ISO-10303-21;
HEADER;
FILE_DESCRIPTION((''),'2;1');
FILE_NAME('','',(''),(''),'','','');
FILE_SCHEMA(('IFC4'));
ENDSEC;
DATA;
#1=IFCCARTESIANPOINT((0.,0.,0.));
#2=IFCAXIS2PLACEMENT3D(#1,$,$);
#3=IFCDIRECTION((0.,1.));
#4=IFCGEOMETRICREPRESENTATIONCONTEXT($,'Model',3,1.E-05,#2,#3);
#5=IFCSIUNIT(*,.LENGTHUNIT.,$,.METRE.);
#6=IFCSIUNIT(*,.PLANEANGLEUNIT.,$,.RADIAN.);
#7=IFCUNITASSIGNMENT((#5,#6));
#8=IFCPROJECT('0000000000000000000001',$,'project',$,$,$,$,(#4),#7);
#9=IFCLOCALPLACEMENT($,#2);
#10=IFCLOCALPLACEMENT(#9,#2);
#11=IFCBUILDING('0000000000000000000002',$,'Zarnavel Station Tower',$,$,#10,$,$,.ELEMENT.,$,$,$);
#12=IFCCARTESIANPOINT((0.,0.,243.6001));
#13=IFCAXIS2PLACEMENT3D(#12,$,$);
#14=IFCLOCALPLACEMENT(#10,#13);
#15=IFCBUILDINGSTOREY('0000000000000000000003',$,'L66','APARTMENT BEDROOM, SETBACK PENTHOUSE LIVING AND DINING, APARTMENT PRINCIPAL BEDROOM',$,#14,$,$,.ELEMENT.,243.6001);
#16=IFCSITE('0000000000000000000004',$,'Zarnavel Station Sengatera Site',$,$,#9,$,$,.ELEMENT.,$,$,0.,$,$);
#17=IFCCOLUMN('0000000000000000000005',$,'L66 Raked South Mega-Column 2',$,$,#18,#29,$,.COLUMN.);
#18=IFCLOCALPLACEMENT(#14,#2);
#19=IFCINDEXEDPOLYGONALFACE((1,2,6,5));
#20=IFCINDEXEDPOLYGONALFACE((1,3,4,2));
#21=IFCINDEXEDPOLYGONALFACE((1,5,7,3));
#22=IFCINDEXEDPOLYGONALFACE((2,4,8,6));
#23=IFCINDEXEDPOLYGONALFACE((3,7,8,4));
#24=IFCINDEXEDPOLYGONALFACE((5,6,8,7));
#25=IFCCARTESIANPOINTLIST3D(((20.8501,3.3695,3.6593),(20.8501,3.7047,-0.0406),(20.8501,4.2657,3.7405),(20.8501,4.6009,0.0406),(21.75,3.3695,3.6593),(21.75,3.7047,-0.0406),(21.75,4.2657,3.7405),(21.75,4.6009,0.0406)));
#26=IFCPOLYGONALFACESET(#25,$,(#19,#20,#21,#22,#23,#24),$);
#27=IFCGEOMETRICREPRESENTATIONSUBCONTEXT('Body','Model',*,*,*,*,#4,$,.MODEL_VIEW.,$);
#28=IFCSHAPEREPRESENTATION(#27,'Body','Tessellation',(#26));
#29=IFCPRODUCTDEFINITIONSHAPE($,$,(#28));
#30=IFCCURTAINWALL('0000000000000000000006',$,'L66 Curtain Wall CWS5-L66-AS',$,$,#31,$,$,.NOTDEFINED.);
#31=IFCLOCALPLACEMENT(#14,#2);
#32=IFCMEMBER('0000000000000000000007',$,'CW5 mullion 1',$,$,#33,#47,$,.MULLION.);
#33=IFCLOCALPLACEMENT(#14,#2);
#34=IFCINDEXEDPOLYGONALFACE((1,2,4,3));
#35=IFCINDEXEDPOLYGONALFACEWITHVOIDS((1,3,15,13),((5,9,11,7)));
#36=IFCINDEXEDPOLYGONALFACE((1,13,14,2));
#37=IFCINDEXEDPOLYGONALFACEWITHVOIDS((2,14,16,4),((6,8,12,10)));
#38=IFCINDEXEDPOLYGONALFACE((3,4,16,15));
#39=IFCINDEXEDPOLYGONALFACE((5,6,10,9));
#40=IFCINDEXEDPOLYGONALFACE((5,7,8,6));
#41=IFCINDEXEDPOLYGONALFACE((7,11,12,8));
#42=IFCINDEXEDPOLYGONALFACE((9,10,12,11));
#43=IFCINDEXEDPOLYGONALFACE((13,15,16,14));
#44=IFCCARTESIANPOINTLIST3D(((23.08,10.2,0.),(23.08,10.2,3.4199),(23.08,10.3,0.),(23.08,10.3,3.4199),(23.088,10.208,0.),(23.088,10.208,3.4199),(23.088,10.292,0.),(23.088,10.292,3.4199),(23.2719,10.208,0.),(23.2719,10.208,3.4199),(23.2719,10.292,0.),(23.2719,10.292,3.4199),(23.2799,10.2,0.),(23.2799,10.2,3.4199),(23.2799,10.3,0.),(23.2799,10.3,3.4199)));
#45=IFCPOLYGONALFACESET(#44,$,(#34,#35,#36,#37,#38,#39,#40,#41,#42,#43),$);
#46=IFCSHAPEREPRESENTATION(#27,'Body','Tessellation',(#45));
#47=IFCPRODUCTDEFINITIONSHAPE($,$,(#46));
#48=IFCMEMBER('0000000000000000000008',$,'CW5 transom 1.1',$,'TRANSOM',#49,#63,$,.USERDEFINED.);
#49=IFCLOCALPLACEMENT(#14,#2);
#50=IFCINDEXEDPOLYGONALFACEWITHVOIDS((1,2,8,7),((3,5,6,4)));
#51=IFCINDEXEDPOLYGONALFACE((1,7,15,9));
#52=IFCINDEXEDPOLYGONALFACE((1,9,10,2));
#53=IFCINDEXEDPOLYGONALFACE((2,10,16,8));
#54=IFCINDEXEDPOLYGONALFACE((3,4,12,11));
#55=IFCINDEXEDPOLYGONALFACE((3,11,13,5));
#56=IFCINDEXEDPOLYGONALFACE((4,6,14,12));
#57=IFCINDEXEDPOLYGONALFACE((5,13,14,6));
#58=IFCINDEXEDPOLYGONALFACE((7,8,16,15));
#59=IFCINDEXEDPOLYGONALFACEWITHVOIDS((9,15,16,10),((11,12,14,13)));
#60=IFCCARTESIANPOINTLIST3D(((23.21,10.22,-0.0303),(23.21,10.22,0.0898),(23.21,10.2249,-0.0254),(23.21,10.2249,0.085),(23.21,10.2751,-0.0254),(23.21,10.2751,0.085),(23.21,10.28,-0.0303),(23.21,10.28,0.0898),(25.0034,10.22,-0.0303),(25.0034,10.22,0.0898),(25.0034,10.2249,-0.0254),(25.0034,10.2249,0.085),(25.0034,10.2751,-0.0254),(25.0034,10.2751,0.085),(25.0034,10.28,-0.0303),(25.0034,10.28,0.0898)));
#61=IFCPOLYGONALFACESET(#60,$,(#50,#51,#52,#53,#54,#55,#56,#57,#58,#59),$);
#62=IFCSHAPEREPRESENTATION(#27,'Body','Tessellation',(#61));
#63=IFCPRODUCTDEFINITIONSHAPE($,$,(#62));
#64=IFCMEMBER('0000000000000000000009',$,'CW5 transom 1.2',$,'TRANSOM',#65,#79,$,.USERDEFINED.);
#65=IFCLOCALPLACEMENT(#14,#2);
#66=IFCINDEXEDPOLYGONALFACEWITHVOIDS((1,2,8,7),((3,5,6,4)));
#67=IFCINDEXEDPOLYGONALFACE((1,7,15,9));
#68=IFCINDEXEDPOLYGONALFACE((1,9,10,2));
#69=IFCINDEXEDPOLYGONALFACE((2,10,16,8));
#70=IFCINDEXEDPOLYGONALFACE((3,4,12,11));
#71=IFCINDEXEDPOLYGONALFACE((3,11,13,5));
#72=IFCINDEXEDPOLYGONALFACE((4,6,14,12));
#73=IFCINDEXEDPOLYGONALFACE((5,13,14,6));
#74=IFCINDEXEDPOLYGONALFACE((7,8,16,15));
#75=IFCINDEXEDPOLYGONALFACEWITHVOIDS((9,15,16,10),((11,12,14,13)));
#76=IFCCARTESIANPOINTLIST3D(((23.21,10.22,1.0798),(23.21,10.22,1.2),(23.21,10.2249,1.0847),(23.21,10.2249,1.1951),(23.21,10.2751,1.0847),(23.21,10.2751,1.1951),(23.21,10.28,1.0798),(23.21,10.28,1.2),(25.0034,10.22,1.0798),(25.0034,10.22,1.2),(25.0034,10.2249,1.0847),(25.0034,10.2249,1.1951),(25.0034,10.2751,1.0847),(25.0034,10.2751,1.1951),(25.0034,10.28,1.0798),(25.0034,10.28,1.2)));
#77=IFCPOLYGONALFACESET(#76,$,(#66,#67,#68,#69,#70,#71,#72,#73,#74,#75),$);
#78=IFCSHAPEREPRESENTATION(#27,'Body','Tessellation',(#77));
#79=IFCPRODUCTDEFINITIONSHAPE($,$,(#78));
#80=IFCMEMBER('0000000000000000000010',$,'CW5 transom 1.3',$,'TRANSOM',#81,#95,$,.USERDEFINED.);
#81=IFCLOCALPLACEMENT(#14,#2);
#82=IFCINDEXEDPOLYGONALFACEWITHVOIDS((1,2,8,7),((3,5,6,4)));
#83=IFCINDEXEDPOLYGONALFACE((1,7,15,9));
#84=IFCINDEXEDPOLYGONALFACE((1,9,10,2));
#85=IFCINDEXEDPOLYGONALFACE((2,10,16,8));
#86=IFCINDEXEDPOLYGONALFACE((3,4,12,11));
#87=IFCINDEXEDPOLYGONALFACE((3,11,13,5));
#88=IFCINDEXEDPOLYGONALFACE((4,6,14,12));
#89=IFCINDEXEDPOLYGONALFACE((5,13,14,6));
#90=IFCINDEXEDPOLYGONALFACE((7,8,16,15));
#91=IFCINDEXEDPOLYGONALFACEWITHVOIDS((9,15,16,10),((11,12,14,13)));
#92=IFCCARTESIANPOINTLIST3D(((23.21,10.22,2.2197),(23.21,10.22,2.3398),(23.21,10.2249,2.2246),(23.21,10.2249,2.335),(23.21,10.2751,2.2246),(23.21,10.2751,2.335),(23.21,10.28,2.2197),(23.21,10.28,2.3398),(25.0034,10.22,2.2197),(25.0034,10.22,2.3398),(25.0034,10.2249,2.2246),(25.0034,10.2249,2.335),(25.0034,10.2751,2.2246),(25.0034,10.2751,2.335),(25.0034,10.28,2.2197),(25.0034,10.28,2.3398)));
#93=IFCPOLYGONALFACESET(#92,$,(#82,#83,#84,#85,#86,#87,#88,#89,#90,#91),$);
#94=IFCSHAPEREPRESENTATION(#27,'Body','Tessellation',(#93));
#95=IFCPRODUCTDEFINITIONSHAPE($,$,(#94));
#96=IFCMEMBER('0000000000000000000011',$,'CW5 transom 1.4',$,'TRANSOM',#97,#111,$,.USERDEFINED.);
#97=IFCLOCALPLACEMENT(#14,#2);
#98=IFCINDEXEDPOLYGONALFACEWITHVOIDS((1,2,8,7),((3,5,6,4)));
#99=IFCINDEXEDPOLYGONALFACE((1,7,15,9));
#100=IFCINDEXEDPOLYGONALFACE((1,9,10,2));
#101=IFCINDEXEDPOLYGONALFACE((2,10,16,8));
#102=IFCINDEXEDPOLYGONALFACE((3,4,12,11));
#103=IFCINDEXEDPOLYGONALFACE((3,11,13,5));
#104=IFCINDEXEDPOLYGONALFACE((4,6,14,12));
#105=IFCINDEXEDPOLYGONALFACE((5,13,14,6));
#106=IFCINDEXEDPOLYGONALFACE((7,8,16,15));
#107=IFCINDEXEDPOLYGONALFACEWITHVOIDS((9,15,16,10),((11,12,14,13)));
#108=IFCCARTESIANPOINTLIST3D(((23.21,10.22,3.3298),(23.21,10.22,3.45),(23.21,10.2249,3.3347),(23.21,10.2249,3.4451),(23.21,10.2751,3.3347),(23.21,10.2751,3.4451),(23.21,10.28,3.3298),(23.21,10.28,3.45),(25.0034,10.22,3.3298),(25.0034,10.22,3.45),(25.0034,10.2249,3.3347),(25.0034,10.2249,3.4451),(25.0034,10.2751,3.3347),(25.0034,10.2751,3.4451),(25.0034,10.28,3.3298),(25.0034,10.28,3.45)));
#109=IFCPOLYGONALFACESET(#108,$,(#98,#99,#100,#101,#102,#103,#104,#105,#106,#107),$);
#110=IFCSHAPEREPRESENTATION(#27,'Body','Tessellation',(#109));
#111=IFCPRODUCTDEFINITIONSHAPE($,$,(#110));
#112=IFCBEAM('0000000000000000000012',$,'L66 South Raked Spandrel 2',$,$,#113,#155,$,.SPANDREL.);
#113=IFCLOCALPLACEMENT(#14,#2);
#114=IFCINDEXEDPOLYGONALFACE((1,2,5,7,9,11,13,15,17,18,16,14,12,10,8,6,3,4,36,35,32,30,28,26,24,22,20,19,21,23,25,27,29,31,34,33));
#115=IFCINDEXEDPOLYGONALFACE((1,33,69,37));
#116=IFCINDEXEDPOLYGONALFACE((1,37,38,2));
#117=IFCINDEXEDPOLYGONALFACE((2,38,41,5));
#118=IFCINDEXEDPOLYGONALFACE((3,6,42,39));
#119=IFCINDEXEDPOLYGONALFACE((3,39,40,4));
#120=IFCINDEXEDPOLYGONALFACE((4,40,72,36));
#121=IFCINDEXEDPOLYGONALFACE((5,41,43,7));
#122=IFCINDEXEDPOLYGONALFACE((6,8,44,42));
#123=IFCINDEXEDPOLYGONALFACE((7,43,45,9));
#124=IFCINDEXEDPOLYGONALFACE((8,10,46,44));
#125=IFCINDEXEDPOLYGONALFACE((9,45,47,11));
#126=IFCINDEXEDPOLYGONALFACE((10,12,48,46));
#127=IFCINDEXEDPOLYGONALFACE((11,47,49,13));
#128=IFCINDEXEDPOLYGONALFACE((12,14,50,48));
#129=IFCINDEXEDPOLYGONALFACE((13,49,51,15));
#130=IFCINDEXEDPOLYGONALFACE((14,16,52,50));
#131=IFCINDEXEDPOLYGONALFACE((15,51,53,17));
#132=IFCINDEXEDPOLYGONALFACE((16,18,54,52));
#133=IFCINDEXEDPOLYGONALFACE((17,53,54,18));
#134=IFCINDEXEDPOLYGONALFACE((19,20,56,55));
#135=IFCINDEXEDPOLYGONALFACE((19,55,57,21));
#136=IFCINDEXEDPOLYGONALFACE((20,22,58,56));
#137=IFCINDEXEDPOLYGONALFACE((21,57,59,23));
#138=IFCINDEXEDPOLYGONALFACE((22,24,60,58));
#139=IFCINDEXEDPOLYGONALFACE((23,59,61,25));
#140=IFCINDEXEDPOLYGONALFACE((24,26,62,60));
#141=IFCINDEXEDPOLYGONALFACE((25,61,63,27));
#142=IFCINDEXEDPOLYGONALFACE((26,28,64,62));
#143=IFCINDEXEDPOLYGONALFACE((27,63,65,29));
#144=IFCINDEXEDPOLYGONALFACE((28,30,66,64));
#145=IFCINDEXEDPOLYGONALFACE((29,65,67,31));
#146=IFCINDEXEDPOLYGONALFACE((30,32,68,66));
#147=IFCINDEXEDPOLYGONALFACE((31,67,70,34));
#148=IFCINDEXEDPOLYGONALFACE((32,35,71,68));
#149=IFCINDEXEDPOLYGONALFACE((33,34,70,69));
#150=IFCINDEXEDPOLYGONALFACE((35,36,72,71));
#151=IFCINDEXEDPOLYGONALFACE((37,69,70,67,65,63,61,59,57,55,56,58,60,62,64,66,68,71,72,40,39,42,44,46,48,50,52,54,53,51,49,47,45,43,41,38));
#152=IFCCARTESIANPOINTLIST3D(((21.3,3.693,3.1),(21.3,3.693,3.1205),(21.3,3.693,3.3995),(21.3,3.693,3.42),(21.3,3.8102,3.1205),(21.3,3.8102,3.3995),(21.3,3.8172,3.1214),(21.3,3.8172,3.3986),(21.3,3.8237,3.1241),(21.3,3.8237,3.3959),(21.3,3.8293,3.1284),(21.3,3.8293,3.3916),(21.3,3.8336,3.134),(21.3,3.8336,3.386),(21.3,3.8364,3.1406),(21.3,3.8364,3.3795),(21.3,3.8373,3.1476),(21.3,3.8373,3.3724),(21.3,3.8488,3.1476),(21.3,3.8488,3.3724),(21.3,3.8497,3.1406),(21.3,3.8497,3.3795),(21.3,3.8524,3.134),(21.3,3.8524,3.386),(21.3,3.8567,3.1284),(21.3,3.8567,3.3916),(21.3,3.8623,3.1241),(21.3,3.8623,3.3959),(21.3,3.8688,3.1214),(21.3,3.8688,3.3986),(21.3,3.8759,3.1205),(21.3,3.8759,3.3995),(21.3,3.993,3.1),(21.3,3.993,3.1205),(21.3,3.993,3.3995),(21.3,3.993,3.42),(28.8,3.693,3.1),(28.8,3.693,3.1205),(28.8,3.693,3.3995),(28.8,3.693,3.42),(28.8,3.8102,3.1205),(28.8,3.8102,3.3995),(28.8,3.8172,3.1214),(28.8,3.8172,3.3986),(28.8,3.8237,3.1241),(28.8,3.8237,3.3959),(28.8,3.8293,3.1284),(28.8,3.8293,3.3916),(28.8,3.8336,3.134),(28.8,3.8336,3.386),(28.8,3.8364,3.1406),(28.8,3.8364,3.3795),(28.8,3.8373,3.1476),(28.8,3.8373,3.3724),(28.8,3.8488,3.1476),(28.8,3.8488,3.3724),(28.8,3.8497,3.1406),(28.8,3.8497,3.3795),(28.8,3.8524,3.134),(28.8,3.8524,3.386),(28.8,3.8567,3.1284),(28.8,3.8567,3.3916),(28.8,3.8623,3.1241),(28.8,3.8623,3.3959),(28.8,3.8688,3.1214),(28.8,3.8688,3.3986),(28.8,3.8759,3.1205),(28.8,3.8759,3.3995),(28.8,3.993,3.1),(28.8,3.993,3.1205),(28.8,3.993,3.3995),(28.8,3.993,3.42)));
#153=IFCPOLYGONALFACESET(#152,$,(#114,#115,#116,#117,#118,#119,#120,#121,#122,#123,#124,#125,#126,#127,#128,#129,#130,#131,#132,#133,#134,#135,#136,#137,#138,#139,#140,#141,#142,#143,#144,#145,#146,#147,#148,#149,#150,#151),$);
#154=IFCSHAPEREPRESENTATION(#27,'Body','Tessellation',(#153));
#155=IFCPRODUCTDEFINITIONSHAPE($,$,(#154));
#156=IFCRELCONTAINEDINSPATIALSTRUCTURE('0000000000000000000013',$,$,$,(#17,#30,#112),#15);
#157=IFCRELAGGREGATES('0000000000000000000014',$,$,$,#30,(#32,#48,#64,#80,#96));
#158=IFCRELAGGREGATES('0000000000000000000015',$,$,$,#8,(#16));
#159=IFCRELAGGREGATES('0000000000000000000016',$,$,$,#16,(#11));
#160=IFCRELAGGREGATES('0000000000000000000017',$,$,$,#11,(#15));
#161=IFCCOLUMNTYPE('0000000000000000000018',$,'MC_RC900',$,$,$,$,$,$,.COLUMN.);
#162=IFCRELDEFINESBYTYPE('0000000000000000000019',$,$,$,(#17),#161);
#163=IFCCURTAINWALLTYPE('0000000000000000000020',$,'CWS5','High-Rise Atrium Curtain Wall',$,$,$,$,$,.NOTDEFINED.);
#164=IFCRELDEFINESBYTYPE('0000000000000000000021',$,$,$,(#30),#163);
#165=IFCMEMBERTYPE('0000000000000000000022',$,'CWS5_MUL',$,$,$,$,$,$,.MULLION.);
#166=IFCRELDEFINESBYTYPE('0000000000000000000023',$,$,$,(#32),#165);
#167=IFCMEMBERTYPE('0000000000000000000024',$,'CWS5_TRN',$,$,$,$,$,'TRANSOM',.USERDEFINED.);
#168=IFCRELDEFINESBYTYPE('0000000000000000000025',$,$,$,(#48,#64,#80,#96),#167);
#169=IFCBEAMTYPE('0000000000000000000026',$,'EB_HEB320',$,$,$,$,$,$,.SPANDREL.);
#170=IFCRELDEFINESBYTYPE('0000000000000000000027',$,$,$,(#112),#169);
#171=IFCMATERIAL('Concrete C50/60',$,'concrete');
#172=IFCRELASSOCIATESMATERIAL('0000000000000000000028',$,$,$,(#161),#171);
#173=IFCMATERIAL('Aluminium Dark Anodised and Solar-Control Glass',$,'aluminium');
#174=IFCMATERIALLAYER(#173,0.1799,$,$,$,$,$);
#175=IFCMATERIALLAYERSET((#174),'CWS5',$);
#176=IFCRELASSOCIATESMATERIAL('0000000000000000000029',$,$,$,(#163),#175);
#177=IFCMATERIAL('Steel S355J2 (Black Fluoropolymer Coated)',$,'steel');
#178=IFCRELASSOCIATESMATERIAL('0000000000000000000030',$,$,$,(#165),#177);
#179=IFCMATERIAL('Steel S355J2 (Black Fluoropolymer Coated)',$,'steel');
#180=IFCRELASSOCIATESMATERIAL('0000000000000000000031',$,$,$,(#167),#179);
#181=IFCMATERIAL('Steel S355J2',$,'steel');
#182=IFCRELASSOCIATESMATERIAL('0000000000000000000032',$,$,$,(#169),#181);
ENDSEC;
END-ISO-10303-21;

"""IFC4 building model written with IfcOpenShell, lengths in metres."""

from ifc_helpers import new_model, si_unit, direction, frame, origin, origin_2d, place, context, subcontext, project, spatial, rectangle, hollow_rectangle, i_section, extrude, material, layer, layer_set, material_profile, profile_set, type_object, element, aggregate, save


model = new_model("IFC4")

# Units and contexts
model_context = context("Model", 3, precision=1e-05, world=origin(), true_north=direction((0.0, 1.0)))
body_context = subcontext(model_context, "Body", "Model", "MODEL_VIEW")
ifc_project = project(units=[si_unit("LENGTHUNIT", "METRE"), si_unit("PLANEANGLEUNIT", "RADIAN")], contexts=[model_context])

# Site, building, storey
site_placement = place(None, origin())
site = spatial("IfcSite", under=ifc_project, at=site_placement, Name="Zarnavel Station Sengatera Site", CompositionType="ELEMENT", RefElevation=0.0)
building_placement = place(site_placement, origin())
building = spatial("IfcBuilding", under=site, at=building_placement, Name="Zarnavel Station Tower", CompositionType="ELEMENT")
storey_placement = place(building_placement, frame((0.0, 0.0, 243.6001)))
storey = spatial("IfcBuildingStorey", under=building, at=storey_placement, Name="L66", Description="APARTMENT BEDROOM, SETBACK PENTHOUSE LIVING AND DINING, APARTMENT PRINCIPAL BEDROOM", CompositionType="ELEMENT", Elevation=243.6001)

# Column
ifc_material_1 = material(Name="Concrete C50/60", Category="concrete")
ifc_material_profile_1 = material_profile(ifc_material_1, rectangle(XDim=0.8999, YDim=0.8999, at=origin_2d()), Name="RC900x900")
ifc_profile_set_1 = profile_set([ifc_material_profile_1], Name="Concrete C50/60")
column_type = type_object("IfcColumnType", Name="MC_RC900", PredefinedType="COLUMN", material=ifc_profile_set_1)
column_placement = place(storey_placement, frame((21.3, 4.1528, 0.0), z_axis=(0.0, -0.090228, 0.995921), x_axis=(1.0, 0.0, 0.0)))
element("IfcColumn", 1, at=column_placement, inside=storey, type_object=column_type, Name="L66 Raked South Mega-Column 2", PredefinedType="COLUMN", context=body_context, shape_type="SweptSolid", body=[
    extrude(rectangle(XDim=0.8999, YDim=0.8999, at=origin_2d()), origin(), (0.0, 0.0, 1.0), 3.7151),
])

# Curtain wall, members
ifc_material_2 = material(Name="Aluminium Dark Anodised and Solar-Control Glass", Category="aluminium")
ifc_layer_1 = layer(ifc_material_2, 0.1799)
ifc_layer_set_1 = layer_set([ifc_layer_1], Name="CWS5")
curtain_wall_type = type_object("IfcCurtainWallType", Name="CWS5", Description="High-Rise Atrium Curtain Wall", PredefinedType="NOTDEFINED", material=ifc_layer_set_1)
curtain_wall_placement = place(storey_placement, origin())
curtain_wall = element("IfcCurtainWall", 2, at=curtain_wall_placement, inside=storey, type_object=curtain_wall_type, Name="L66 Curtain Wall CWS5-L66-AS", PredefinedType="NOTDEFINED")
ifc_material_3 = material(Name="Steel S355J2 (Black Fluoropolymer Coated)", Category="steel")
ifc_material_profile_2 = material_profile(ifc_material_3, hollow_rectangle(XDim=0.1001, YDim=0.2, WallThickness=0.0081, at=origin_2d()), Name="RHS200x100x8")
ifc_profile_set_2 = profile_set([ifc_material_profile_2], Name="Steel S355J2 (Black Fluoropolymer Coated)")
member_type_1 = type_object("IfcMemberType", Name="CWS5_MUL", PredefinedType="MULLION", material=ifc_profile_set_2)
member_1_placement = place(storey_placement, frame((23.1799, 10.25, 0.0), z_axis=(0.0, 0.0, 1.0), x_axis=(0.0, 1.0, 0.0)))
member_1 = element("IfcMember", 3, at=member_1_placement, type_object=member_type_1, Name="CW5 mullion 1", PredefinedType="MULLION", context=body_context, shape_type="SweptSolid", body=[
    extrude(hollow_rectangle(XDim=0.1001, YDim=0.2, WallThickness=0.0081, at=origin_2d()), origin(), (0.0, 0.0, 1.0), 3.4199),
])
ifc_material_4 = material(Name="Steel S355J2 (Black Fluoropolymer Coated)", Category="steel")
ifc_material_profile_3 = material_profile(ifc_material_4, hollow_rectangle(XDim=0.0601, YDim=0.1201, WallThickness=0.0049, at=origin_2d()), Name="RHS120x60x5")
ifc_profile_set_3 = profile_set([ifc_material_profile_3], Name="Steel S355J2 (Black Fluoropolymer Coated)")
member_type_2 = type_object("IfcMemberType", Name="CWS5_TRN", ElementType="TRANSOM", PredefinedType="USERDEFINED", material=ifc_profile_set_3)
member_2_placement = place(storey_placement, frame((23.21, 10.25, 0.0298), z_axis=(1.0, 0.0, 0.0), x_axis=(0.0, 1.0, 0.0)))
member_2 = element("IfcMember", 4, at=member_2_placement, type_object=member_type_2, Name="CW5 transom 1.1", ObjectType="TRANSOM", PredefinedType="USERDEFINED", context=body_context, shape_type="SweptSolid", body=[
    extrude(hollow_rectangle(XDim=0.0601, YDim=0.1201, WallThickness=0.0049, at=origin_2d()), origin(), (0.0, 0.0, 1.0), 1.7935),
])
member_3_placement = place(storey_placement, frame((23.21, 10.25, 1.1399), z_axis=(1.0, 0.0, 0.0), x_axis=(0.0, 1.0, 0.0)))
member_3 = element("IfcMember", 5, at=member_3_placement, type_object=member_type_2, Name="CW5 transom 1.2", ObjectType="TRANSOM", PredefinedType="USERDEFINED", context=body_context, shape_type="SweptSolid", body=[
    extrude(hollow_rectangle(XDim=0.0601, YDim=0.1201, WallThickness=0.0049, at=origin_2d()), origin(), (0.0, 0.0, 1.0), 1.7935),
])
member_4_placement = place(storey_placement, frame((23.21, 10.25, 2.2798), z_axis=(1.0, 0.0, 0.0), x_axis=(0.0, 1.0, 0.0)))
member_4 = element("IfcMember", 6, at=member_4_placement, type_object=member_type_2, Name="CW5 transom 1.3", ObjectType="TRANSOM", PredefinedType="USERDEFINED", context=body_context, shape_type="SweptSolid", body=[
    extrude(hollow_rectangle(XDim=0.0601, YDim=0.1201, WallThickness=0.0049, at=origin_2d()), origin(), (0.0, 0.0, 1.0), 1.7935),
])
member_5_placement = place(storey_placement, frame((23.21, 10.25, 3.3899), z_axis=(1.0, 0.0, 0.0), x_axis=(0.0, 1.0, 0.0)))
member_5 = element("IfcMember", 7, at=member_5_placement, type_object=member_type_2, Name="CW5 transom 1.4", ObjectType="TRANSOM", PredefinedType="USERDEFINED", context=body_context, shape_type="SweptSolid", body=[
    extrude(hollow_rectangle(XDim=0.0601, YDim=0.1201, WallThickness=0.0049, at=origin_2d()), origin(), (0.0, 0.0, 1.0), 1.7935),
])
aggregate(curtain_wall, [member_1, member_2, member_3, member_4, member_5])

# Beam
ifc_material_5 = material(Name="Steel S355J2", Category="steel")
ifc_material_profile_4 = material_profile(ifc_material_5, i_section(OverallWidth=0.3, OverallDepth=0.3201, WebThickness=0.0115, FlangeThickness=0.0205, FilletRadius=0.0271, at=origin_2d()), Name="HEB320")
ifc_profile_set_4 = profile_set([ifc_material_profile_4], Name="Steel S355J2")
beam_type_1 = type_object("IfcBeamType", Name="EB_HEB320", PredefinedType="SPANDREL", material=ifc_profile_set_4)
beam_1_placement = place(storey_placement, frame((21.3, 3.843, 3.26), z_axis=(1.0, 0.0, 0.0), x_axis=(0.0, 1.0, 0.0)))
element("IfcBeam", 8, at=beam_1_placement, inside=storey, type_object=beam_type_1, Name="L66 South Raked Spandrel 2", PredefinedType="SPANDREL", context=body_context, shape_type="SweptSolid", body=[
    extrude(i_section(OverallWidth=0.3, OverallDepth=0.3201, WebThickness=0.0115, FlangeThickness=0.0205, FilletRadius=0.0271, at=origin_2d()), origin(), (0.0, 0.0, 1.0), 7.5),
])

save(model, "model.ifc")
